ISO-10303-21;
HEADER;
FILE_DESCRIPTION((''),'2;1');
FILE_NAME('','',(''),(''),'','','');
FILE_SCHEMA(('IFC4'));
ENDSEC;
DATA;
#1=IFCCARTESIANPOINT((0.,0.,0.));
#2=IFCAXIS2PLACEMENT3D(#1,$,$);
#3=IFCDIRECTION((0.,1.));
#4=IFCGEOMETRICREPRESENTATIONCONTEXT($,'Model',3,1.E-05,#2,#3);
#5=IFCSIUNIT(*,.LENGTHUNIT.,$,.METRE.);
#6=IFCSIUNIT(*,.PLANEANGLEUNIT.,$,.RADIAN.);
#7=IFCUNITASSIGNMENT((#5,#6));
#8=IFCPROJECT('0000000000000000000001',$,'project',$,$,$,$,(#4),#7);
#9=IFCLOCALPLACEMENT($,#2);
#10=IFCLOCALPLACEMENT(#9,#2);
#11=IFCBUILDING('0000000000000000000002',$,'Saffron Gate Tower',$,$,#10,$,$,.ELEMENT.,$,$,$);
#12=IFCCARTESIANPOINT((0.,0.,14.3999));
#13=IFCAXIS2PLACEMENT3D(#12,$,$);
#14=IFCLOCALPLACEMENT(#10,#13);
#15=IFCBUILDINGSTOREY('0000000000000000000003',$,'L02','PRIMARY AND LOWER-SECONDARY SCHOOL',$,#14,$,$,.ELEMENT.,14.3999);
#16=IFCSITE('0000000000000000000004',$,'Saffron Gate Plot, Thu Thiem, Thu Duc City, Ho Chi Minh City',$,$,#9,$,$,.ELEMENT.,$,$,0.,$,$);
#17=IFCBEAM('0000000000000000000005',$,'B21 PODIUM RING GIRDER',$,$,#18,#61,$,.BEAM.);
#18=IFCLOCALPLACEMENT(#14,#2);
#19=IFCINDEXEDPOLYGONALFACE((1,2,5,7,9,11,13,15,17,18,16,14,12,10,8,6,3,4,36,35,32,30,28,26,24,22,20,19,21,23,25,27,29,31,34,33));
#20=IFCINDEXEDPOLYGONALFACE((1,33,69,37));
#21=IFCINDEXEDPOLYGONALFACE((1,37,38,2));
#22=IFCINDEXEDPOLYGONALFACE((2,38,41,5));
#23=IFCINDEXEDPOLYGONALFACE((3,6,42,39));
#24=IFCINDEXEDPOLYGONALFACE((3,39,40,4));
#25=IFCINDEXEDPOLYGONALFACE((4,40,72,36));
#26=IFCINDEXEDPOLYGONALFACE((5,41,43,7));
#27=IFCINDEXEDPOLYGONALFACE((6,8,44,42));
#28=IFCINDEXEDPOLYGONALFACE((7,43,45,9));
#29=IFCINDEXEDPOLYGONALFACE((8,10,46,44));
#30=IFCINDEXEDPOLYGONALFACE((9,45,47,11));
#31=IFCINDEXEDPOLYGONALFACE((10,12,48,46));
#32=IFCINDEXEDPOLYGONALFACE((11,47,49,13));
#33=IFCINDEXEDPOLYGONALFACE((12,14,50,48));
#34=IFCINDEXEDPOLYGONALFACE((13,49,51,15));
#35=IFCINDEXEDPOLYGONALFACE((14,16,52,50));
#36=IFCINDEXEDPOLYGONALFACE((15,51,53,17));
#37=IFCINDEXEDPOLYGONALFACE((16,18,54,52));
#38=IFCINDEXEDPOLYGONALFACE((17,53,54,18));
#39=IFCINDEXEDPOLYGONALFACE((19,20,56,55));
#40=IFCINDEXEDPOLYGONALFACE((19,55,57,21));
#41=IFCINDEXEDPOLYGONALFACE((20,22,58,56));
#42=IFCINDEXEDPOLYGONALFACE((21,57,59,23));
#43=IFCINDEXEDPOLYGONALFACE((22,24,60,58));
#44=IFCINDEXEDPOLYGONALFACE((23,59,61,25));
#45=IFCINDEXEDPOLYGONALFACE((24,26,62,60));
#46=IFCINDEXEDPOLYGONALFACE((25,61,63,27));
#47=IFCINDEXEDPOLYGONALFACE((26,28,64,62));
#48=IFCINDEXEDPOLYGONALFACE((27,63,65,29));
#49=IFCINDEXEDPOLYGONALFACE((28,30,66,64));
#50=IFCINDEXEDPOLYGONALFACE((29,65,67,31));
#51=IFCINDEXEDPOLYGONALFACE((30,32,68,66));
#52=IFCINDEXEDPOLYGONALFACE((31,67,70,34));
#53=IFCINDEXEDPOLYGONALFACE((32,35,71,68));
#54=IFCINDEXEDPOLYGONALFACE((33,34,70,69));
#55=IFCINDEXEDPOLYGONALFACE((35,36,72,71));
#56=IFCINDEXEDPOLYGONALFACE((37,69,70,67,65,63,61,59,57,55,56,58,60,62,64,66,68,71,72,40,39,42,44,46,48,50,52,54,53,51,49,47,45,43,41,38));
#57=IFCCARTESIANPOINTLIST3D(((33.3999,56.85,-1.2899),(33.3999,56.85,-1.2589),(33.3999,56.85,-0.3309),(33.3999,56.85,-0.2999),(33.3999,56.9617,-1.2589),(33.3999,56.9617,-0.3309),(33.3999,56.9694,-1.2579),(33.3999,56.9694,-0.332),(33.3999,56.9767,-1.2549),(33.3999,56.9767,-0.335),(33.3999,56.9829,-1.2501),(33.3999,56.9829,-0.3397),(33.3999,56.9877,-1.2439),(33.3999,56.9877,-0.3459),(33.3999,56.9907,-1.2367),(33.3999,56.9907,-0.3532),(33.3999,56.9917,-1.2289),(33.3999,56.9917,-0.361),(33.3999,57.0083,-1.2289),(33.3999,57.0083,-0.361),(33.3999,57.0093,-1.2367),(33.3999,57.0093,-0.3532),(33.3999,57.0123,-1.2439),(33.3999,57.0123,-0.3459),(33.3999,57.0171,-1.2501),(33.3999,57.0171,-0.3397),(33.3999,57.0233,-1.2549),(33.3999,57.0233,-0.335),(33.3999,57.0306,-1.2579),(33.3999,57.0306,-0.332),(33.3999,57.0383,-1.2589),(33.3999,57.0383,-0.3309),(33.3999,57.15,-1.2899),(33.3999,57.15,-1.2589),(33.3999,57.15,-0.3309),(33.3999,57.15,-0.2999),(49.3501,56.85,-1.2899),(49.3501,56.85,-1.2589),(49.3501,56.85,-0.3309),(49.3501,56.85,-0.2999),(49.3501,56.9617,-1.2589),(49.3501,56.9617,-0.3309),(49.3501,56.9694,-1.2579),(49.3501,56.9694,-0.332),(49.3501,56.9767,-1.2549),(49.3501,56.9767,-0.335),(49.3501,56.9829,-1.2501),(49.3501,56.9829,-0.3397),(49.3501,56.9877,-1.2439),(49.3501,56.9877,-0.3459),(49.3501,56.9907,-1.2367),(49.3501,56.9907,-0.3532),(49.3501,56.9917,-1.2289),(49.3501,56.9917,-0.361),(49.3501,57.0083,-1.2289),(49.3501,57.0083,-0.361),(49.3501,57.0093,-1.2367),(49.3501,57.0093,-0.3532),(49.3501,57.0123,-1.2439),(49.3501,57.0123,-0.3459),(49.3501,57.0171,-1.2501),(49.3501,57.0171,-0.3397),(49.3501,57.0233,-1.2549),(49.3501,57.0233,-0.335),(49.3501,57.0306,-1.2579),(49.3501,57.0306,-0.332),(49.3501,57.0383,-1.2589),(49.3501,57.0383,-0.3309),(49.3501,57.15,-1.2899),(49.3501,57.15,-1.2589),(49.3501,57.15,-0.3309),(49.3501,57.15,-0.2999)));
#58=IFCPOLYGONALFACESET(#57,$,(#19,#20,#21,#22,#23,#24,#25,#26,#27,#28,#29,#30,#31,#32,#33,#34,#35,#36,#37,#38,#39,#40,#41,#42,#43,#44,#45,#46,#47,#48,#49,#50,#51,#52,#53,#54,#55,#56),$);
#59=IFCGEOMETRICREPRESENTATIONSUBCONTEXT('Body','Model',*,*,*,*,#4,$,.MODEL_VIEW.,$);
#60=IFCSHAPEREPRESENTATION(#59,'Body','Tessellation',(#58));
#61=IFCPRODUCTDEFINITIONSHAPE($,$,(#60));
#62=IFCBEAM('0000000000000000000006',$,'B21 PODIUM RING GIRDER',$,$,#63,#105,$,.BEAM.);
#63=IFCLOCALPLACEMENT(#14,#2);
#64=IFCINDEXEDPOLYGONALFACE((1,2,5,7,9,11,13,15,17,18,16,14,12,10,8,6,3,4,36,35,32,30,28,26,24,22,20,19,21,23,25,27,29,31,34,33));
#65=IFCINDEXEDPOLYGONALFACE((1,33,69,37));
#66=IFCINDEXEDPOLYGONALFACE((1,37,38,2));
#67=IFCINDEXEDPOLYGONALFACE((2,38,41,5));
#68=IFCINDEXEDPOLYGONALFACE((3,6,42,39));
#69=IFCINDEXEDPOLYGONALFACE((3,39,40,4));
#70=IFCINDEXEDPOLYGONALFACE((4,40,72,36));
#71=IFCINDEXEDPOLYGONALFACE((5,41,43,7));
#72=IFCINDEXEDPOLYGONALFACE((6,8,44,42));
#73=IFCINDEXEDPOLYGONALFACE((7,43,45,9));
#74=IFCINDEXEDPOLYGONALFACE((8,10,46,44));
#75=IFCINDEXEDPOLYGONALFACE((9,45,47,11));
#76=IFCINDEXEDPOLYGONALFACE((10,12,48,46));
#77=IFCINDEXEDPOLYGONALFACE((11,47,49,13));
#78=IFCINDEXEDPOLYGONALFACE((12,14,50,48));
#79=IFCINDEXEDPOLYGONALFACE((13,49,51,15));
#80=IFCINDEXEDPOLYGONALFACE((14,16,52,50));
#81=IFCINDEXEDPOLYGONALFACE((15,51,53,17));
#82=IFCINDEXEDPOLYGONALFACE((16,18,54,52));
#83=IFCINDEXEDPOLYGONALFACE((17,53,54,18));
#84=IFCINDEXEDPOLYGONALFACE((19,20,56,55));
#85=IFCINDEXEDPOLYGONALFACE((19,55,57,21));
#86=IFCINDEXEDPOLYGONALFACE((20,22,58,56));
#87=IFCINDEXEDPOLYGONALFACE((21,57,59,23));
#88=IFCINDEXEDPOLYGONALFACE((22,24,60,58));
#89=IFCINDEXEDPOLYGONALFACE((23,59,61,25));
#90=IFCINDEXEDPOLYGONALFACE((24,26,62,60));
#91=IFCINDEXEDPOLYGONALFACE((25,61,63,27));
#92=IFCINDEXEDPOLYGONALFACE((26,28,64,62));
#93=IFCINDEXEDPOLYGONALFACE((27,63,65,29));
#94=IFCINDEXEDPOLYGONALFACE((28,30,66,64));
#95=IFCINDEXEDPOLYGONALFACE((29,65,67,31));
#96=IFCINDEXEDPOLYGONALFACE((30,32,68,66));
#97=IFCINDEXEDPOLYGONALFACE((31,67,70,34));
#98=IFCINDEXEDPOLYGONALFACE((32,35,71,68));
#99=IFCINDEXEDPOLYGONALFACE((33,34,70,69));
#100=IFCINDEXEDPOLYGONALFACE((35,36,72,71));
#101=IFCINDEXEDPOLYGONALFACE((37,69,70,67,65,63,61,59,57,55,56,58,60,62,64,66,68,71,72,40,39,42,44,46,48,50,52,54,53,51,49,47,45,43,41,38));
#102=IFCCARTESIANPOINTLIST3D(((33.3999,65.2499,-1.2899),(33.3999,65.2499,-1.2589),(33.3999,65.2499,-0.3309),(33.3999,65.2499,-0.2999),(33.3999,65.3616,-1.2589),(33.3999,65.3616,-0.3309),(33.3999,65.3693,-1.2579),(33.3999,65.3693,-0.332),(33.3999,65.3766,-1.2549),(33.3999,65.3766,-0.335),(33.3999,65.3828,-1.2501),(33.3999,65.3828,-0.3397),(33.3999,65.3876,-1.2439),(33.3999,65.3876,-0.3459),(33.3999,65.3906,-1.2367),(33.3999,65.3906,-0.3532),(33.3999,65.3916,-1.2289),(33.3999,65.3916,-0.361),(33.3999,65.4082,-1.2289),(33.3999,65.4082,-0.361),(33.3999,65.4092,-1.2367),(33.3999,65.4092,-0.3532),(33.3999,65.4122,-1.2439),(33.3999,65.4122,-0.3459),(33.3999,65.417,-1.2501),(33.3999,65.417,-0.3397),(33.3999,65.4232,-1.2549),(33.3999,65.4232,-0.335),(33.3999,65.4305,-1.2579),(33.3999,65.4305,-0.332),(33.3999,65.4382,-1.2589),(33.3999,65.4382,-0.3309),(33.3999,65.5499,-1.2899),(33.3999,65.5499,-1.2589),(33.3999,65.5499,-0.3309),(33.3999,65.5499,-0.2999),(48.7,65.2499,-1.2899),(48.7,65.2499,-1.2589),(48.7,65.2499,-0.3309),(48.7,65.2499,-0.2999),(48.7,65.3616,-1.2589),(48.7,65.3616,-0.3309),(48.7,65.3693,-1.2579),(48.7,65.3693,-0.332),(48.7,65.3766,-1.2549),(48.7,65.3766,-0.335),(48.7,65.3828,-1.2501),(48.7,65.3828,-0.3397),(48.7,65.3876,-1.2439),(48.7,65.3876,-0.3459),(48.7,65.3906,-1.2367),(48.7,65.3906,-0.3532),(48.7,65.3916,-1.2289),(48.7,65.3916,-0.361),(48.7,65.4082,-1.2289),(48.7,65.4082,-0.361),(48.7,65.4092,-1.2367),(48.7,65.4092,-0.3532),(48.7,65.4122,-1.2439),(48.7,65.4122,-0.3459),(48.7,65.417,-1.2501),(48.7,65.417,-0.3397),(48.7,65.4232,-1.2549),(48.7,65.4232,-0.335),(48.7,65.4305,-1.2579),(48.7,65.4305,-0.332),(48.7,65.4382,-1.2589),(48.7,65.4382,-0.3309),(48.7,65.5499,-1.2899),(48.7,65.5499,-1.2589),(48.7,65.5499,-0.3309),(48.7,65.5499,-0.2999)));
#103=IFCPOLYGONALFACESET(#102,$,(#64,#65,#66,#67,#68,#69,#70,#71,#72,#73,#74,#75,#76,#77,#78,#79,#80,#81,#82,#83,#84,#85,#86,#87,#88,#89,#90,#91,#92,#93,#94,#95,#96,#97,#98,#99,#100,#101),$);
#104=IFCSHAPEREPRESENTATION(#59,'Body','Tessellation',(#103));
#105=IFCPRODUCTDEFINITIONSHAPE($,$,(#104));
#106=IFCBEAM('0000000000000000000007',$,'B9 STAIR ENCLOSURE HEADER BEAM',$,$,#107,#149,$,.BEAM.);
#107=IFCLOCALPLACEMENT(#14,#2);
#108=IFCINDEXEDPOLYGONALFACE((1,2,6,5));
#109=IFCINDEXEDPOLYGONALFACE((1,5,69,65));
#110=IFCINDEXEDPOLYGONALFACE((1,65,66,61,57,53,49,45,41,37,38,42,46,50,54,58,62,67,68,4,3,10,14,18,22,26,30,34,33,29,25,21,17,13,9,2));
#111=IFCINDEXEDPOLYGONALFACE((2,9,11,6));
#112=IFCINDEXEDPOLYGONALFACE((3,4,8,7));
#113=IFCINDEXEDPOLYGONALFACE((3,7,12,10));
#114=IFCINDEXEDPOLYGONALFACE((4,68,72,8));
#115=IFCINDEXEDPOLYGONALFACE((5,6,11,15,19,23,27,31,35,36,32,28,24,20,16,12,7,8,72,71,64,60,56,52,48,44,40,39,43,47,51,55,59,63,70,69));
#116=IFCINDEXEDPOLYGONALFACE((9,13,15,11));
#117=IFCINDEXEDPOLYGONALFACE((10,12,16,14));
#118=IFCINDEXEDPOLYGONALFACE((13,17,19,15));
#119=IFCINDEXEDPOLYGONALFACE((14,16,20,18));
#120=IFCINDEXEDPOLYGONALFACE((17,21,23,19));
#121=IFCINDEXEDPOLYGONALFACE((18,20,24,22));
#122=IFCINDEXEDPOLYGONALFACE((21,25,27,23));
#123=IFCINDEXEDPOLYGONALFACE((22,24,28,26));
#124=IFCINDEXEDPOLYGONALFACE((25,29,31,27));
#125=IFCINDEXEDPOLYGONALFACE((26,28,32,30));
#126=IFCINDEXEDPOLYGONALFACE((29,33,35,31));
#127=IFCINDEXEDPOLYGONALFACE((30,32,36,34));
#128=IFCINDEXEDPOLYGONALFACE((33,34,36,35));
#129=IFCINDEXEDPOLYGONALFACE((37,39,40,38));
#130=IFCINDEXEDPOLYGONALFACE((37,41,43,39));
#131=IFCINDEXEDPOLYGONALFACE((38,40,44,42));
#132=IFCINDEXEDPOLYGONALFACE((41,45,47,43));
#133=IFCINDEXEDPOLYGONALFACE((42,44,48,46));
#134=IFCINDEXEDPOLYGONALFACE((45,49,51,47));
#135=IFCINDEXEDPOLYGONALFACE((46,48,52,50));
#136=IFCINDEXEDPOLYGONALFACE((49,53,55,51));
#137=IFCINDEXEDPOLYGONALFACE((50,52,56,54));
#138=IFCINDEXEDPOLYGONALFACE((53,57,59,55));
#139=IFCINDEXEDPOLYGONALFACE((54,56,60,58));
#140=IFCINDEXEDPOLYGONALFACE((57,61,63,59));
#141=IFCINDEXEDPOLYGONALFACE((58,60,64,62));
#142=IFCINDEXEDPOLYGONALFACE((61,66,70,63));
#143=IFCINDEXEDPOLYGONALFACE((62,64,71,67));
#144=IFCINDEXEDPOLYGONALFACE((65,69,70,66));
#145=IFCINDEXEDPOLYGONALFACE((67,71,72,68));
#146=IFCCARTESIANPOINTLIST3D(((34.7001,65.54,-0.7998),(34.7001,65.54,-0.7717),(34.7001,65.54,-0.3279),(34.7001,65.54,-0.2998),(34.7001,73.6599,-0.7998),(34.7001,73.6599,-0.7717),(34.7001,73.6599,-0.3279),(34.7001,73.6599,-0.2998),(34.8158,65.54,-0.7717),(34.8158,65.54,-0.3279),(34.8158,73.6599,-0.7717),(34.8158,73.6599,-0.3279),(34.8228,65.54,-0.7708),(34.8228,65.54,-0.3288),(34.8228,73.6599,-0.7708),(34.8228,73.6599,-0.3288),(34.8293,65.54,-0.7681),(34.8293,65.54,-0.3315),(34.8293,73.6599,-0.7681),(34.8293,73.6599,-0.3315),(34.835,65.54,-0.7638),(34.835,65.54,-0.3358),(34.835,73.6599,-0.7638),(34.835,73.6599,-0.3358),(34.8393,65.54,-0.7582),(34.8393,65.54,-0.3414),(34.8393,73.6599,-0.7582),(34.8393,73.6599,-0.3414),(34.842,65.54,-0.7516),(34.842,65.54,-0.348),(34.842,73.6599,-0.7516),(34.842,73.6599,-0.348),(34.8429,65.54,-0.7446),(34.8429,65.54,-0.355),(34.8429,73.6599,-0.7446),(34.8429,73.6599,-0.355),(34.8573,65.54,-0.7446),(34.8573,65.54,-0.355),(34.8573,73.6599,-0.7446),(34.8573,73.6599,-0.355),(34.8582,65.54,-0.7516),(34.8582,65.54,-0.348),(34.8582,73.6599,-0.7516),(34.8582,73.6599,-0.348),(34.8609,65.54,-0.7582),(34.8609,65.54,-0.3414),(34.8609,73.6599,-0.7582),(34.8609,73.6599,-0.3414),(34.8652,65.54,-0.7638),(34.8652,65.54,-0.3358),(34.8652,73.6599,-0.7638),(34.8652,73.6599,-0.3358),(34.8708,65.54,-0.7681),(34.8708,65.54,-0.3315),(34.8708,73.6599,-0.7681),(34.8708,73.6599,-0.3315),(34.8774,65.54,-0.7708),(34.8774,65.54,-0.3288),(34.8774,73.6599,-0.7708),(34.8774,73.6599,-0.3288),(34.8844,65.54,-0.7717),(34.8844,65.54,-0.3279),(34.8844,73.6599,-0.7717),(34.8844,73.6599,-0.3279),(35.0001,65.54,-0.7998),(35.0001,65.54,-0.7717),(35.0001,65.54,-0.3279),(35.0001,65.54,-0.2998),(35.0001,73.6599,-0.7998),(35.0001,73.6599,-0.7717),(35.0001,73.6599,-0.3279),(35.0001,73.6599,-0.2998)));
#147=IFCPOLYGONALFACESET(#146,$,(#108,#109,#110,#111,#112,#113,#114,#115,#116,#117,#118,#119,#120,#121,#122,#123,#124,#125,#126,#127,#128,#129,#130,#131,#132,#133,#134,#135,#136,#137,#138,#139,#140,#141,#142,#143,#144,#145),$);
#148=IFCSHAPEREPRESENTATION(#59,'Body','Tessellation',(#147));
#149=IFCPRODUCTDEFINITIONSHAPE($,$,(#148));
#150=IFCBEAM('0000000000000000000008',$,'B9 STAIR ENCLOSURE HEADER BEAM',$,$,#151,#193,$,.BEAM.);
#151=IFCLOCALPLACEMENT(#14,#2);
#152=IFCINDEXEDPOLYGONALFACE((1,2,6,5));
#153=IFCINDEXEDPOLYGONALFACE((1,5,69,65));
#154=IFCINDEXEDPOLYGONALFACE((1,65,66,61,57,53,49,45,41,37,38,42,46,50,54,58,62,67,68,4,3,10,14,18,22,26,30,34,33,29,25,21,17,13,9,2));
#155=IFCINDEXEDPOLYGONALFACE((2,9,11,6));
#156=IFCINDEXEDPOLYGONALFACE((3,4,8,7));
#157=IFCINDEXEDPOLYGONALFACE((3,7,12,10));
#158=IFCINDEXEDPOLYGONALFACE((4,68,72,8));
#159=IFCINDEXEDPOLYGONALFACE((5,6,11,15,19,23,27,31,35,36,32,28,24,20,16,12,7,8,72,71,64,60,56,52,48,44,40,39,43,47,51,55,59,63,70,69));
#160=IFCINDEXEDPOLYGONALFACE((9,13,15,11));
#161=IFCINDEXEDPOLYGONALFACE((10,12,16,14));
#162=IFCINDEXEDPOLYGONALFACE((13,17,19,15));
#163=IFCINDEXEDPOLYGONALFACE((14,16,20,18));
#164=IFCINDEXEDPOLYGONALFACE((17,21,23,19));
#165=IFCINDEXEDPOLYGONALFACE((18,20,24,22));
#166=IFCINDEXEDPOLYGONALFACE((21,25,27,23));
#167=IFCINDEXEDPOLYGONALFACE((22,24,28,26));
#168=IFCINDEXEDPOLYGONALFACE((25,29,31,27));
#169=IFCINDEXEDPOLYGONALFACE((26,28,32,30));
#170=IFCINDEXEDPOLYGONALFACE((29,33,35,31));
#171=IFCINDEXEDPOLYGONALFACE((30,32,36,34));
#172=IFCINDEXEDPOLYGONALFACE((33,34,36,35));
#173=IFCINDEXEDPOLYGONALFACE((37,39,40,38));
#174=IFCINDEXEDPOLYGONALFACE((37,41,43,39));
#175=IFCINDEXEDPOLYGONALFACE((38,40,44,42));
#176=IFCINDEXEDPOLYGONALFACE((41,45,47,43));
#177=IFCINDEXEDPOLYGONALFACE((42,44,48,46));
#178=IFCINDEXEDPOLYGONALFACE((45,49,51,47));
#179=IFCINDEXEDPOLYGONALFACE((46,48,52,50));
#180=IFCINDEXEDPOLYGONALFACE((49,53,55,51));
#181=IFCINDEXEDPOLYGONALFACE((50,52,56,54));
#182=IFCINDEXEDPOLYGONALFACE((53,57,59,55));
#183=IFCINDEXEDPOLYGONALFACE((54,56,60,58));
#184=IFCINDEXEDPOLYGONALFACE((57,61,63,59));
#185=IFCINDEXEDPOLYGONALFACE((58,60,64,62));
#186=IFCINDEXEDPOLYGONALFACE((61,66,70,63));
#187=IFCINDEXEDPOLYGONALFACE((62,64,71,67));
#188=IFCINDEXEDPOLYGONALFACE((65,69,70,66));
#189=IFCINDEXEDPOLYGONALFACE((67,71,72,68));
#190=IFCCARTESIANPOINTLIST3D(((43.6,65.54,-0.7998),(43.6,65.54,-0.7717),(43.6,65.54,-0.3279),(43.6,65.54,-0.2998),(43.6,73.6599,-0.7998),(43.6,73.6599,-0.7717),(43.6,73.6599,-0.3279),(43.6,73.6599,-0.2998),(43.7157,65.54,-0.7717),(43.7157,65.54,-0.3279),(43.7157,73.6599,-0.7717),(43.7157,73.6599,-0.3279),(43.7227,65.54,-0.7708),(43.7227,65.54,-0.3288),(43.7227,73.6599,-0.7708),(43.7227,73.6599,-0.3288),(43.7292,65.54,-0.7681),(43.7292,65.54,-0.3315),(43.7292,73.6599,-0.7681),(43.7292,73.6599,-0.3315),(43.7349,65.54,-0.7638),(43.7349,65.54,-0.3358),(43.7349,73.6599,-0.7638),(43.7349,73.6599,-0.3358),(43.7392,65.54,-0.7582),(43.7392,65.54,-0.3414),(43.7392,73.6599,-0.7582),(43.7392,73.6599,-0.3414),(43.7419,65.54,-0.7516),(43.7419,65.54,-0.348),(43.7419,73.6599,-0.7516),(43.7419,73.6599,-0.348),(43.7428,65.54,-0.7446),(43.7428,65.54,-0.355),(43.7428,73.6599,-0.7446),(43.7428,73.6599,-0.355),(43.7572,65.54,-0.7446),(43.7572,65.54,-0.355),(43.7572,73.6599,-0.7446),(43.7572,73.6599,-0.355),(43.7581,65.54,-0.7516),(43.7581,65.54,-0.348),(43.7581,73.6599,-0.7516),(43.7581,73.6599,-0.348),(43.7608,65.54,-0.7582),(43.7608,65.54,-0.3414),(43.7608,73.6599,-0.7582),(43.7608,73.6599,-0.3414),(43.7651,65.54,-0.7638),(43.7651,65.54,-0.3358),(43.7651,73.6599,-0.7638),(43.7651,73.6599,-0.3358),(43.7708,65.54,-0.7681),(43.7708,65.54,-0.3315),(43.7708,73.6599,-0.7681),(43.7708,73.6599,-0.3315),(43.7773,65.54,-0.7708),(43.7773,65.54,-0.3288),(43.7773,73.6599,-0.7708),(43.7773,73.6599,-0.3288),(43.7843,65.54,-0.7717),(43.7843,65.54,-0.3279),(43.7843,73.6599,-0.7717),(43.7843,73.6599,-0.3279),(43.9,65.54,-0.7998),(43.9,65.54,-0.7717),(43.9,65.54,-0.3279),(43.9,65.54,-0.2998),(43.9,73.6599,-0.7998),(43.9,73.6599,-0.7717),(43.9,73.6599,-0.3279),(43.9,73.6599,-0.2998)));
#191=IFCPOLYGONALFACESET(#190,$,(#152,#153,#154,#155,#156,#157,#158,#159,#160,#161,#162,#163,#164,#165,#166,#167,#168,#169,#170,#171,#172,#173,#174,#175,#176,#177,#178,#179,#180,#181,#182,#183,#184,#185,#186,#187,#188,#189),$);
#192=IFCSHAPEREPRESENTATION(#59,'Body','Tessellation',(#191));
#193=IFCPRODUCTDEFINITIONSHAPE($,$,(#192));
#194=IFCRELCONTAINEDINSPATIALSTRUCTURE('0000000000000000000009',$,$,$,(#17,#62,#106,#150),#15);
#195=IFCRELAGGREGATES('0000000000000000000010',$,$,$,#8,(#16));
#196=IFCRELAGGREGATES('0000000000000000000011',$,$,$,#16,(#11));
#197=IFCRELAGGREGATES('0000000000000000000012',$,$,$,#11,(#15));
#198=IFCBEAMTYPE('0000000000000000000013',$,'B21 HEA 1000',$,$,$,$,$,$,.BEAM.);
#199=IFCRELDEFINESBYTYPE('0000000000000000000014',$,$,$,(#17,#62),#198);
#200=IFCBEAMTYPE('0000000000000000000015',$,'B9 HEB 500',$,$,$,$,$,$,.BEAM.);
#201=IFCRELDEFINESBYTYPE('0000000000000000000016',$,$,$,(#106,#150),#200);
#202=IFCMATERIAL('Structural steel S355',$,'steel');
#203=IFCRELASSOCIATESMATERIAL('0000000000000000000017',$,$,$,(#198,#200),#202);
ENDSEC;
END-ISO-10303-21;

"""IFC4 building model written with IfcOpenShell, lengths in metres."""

from ifc_helpers import new_model, si_unit, direction, frame, origin, origin_2d, place, context, subcontext, project, spatial, i_section, extrude, material, material_profile, profile_set, type_object, element, save


model = new_model("IFC4")

# Units and contexts
model_context = context("Model", 3, precision=1e-05, world=origin(), true_north=direction((0.0, 1.0)))
body_context = subcontext(model_context, "Body", "Model", "MODEL_VIEW")
ifc_project = project(units=[si_unit("LENGTHUNIT", "METRE"), si_unit("PLANEANGLEUNIT", "RADIAN")], contexts=[model_context])

# Site, building, storey
site_placement = place(None, origin())
site = spatial("IfcSite", under=ifc_project, at=site_placement, Name="Saffron Gate Plot, Thu Thiem, Thu Duc City, Ho Chi Minh City", CompositionType="ELEMENT", RefElevation=0.0)
building_placement = place(site_placement, origin())
building = spatial("IfcBuilding", under=site, at=building_placement, Name="Saffron Gate Tower", CompositionType="ELEMENT")
storey_placement = place(building_placement, frame((0.0, 0.0, 14.3999)))
storey = spatial("IfcBuildingStorey", under=building, at=storey_placement, Name="L02", Description="PRIMARY AND LOWER-SECONDARY SCHOOL", CompositionType="ELEMENT", Elevation=14.3999)

# Beams
ifc_material_1 = material(Name="Structural steel S355", Category="steel")
ifc_material_profile_1 = material_profile(ifc_material_1, i_section(OverallWidth=0.3, OverallDepth=0.99, WebThickness=0.0166, FlangeThickness=0.031, FilletRadius=0.03, at=origin_2d()))
ifc_profile_set_1 = profile_set([ifc_material_profile_1], Name="Structural steel S355")
beam_type_1 = type_object("IfcBeamType", Name="B21 HEA 1000", PredefinedType="BEAM", material=ifc_profile_set_1)
beam_1_placement = place(storey_placement, frame((33.3999, 57.0, -0.7949), z_axis=(1.0, 0.0, 0.0), x_axis=(0.0, 1.0, 0.0)))
element("IfcBeam", 1, at=beam_1_placement, inside=storey, type_object=beam_type_1, Name="B21 PODIUM RING GIRDER", PredefinedType="BEAM", context=body_context, shape_type="SweptSolid", body=[
    extrude(i_section(OverallWidth=0.3, OverallDepth=0.99, WebThickness=0.0166, FlangeThickness=0.031, FilletRadius=0.03, at=origin_2d()), origin(), (0.0, 0.0, 1.0), 15.9502),
])
beam_2_placement = place(storey_placement, frame((33.3999, 65.3999, -0.7949), z_axis=(1.0, 0.0, 0.0), x_axis=(0.0, 1.0, 0.0)))
element("IfcBeam", 2, at=beam_2_placement, inside=storey, type_object=beam_type_1, Name="B21 PODIUM RING GIRDER", PredefinedType="BEAM", context=body_context, shape_type="SweptSolid", body=[
    extrude(i_section(OverallWidth=0.3, OverallDepth=0.99, WebThickness=0.0166, FlangeThickness=0.031, FilletRadius=0.03, at=origin_2d()), origin(), (0.0, 0.0, 1.0), 15.3),
])
ifc_material_profile_2 = material_profile(ifc_material_1, i_section(OverallWidth=0.3, OverallDepth=0.5, WebThickness=0.0144, FlangeThickness=0.0281, FilletRadius=0.0271, at=origin_2d()))
ifc_profile_set_2 = profile_set([ifc_material_profile_2], Name="Structural steel S355")
beam_type_2 = type_object("IfcBeamType", Name="B9 HEB 500", PredefinedType="BEAM", material=ifc_profile_set_2)
for number, where, z_axis, x_axis, name in (
    (3, (34.8501, 65.54, -0.5498), (0.0, 1.0, 0.0), (-1.0, 0.0, 0.0), "B9 STAIR ENCLOSURE HEADER BEAM"),
    (4, (43.75, 65.54, -0.5498), (0.0, 1.0, 0.0), (-1.0, 0.0, 0.0), "B9 STAIR ENCLOSURE HEADER BEAM"),
):
    element("IfcBeam", number, at=place(storey_placement, frame(where, z_axis=z_axis, x_axis=x_axis)), inside=storey, type_object=beam_type_2, Name=name, PredefinedType="BEAM", context=body_context, shape_type="SweptSolid", body=[
        extrude(i_section(OverallWidth=0.3, OverallDepth=0.5, WebThickness=0.0144, FlangeThickness=0.0281, FilletRadius=0.0271, at=origin_2d()), origin(), (0.0, 0.0, 1.0), 8.1199),
    ])

save(model, "model.ifc")
